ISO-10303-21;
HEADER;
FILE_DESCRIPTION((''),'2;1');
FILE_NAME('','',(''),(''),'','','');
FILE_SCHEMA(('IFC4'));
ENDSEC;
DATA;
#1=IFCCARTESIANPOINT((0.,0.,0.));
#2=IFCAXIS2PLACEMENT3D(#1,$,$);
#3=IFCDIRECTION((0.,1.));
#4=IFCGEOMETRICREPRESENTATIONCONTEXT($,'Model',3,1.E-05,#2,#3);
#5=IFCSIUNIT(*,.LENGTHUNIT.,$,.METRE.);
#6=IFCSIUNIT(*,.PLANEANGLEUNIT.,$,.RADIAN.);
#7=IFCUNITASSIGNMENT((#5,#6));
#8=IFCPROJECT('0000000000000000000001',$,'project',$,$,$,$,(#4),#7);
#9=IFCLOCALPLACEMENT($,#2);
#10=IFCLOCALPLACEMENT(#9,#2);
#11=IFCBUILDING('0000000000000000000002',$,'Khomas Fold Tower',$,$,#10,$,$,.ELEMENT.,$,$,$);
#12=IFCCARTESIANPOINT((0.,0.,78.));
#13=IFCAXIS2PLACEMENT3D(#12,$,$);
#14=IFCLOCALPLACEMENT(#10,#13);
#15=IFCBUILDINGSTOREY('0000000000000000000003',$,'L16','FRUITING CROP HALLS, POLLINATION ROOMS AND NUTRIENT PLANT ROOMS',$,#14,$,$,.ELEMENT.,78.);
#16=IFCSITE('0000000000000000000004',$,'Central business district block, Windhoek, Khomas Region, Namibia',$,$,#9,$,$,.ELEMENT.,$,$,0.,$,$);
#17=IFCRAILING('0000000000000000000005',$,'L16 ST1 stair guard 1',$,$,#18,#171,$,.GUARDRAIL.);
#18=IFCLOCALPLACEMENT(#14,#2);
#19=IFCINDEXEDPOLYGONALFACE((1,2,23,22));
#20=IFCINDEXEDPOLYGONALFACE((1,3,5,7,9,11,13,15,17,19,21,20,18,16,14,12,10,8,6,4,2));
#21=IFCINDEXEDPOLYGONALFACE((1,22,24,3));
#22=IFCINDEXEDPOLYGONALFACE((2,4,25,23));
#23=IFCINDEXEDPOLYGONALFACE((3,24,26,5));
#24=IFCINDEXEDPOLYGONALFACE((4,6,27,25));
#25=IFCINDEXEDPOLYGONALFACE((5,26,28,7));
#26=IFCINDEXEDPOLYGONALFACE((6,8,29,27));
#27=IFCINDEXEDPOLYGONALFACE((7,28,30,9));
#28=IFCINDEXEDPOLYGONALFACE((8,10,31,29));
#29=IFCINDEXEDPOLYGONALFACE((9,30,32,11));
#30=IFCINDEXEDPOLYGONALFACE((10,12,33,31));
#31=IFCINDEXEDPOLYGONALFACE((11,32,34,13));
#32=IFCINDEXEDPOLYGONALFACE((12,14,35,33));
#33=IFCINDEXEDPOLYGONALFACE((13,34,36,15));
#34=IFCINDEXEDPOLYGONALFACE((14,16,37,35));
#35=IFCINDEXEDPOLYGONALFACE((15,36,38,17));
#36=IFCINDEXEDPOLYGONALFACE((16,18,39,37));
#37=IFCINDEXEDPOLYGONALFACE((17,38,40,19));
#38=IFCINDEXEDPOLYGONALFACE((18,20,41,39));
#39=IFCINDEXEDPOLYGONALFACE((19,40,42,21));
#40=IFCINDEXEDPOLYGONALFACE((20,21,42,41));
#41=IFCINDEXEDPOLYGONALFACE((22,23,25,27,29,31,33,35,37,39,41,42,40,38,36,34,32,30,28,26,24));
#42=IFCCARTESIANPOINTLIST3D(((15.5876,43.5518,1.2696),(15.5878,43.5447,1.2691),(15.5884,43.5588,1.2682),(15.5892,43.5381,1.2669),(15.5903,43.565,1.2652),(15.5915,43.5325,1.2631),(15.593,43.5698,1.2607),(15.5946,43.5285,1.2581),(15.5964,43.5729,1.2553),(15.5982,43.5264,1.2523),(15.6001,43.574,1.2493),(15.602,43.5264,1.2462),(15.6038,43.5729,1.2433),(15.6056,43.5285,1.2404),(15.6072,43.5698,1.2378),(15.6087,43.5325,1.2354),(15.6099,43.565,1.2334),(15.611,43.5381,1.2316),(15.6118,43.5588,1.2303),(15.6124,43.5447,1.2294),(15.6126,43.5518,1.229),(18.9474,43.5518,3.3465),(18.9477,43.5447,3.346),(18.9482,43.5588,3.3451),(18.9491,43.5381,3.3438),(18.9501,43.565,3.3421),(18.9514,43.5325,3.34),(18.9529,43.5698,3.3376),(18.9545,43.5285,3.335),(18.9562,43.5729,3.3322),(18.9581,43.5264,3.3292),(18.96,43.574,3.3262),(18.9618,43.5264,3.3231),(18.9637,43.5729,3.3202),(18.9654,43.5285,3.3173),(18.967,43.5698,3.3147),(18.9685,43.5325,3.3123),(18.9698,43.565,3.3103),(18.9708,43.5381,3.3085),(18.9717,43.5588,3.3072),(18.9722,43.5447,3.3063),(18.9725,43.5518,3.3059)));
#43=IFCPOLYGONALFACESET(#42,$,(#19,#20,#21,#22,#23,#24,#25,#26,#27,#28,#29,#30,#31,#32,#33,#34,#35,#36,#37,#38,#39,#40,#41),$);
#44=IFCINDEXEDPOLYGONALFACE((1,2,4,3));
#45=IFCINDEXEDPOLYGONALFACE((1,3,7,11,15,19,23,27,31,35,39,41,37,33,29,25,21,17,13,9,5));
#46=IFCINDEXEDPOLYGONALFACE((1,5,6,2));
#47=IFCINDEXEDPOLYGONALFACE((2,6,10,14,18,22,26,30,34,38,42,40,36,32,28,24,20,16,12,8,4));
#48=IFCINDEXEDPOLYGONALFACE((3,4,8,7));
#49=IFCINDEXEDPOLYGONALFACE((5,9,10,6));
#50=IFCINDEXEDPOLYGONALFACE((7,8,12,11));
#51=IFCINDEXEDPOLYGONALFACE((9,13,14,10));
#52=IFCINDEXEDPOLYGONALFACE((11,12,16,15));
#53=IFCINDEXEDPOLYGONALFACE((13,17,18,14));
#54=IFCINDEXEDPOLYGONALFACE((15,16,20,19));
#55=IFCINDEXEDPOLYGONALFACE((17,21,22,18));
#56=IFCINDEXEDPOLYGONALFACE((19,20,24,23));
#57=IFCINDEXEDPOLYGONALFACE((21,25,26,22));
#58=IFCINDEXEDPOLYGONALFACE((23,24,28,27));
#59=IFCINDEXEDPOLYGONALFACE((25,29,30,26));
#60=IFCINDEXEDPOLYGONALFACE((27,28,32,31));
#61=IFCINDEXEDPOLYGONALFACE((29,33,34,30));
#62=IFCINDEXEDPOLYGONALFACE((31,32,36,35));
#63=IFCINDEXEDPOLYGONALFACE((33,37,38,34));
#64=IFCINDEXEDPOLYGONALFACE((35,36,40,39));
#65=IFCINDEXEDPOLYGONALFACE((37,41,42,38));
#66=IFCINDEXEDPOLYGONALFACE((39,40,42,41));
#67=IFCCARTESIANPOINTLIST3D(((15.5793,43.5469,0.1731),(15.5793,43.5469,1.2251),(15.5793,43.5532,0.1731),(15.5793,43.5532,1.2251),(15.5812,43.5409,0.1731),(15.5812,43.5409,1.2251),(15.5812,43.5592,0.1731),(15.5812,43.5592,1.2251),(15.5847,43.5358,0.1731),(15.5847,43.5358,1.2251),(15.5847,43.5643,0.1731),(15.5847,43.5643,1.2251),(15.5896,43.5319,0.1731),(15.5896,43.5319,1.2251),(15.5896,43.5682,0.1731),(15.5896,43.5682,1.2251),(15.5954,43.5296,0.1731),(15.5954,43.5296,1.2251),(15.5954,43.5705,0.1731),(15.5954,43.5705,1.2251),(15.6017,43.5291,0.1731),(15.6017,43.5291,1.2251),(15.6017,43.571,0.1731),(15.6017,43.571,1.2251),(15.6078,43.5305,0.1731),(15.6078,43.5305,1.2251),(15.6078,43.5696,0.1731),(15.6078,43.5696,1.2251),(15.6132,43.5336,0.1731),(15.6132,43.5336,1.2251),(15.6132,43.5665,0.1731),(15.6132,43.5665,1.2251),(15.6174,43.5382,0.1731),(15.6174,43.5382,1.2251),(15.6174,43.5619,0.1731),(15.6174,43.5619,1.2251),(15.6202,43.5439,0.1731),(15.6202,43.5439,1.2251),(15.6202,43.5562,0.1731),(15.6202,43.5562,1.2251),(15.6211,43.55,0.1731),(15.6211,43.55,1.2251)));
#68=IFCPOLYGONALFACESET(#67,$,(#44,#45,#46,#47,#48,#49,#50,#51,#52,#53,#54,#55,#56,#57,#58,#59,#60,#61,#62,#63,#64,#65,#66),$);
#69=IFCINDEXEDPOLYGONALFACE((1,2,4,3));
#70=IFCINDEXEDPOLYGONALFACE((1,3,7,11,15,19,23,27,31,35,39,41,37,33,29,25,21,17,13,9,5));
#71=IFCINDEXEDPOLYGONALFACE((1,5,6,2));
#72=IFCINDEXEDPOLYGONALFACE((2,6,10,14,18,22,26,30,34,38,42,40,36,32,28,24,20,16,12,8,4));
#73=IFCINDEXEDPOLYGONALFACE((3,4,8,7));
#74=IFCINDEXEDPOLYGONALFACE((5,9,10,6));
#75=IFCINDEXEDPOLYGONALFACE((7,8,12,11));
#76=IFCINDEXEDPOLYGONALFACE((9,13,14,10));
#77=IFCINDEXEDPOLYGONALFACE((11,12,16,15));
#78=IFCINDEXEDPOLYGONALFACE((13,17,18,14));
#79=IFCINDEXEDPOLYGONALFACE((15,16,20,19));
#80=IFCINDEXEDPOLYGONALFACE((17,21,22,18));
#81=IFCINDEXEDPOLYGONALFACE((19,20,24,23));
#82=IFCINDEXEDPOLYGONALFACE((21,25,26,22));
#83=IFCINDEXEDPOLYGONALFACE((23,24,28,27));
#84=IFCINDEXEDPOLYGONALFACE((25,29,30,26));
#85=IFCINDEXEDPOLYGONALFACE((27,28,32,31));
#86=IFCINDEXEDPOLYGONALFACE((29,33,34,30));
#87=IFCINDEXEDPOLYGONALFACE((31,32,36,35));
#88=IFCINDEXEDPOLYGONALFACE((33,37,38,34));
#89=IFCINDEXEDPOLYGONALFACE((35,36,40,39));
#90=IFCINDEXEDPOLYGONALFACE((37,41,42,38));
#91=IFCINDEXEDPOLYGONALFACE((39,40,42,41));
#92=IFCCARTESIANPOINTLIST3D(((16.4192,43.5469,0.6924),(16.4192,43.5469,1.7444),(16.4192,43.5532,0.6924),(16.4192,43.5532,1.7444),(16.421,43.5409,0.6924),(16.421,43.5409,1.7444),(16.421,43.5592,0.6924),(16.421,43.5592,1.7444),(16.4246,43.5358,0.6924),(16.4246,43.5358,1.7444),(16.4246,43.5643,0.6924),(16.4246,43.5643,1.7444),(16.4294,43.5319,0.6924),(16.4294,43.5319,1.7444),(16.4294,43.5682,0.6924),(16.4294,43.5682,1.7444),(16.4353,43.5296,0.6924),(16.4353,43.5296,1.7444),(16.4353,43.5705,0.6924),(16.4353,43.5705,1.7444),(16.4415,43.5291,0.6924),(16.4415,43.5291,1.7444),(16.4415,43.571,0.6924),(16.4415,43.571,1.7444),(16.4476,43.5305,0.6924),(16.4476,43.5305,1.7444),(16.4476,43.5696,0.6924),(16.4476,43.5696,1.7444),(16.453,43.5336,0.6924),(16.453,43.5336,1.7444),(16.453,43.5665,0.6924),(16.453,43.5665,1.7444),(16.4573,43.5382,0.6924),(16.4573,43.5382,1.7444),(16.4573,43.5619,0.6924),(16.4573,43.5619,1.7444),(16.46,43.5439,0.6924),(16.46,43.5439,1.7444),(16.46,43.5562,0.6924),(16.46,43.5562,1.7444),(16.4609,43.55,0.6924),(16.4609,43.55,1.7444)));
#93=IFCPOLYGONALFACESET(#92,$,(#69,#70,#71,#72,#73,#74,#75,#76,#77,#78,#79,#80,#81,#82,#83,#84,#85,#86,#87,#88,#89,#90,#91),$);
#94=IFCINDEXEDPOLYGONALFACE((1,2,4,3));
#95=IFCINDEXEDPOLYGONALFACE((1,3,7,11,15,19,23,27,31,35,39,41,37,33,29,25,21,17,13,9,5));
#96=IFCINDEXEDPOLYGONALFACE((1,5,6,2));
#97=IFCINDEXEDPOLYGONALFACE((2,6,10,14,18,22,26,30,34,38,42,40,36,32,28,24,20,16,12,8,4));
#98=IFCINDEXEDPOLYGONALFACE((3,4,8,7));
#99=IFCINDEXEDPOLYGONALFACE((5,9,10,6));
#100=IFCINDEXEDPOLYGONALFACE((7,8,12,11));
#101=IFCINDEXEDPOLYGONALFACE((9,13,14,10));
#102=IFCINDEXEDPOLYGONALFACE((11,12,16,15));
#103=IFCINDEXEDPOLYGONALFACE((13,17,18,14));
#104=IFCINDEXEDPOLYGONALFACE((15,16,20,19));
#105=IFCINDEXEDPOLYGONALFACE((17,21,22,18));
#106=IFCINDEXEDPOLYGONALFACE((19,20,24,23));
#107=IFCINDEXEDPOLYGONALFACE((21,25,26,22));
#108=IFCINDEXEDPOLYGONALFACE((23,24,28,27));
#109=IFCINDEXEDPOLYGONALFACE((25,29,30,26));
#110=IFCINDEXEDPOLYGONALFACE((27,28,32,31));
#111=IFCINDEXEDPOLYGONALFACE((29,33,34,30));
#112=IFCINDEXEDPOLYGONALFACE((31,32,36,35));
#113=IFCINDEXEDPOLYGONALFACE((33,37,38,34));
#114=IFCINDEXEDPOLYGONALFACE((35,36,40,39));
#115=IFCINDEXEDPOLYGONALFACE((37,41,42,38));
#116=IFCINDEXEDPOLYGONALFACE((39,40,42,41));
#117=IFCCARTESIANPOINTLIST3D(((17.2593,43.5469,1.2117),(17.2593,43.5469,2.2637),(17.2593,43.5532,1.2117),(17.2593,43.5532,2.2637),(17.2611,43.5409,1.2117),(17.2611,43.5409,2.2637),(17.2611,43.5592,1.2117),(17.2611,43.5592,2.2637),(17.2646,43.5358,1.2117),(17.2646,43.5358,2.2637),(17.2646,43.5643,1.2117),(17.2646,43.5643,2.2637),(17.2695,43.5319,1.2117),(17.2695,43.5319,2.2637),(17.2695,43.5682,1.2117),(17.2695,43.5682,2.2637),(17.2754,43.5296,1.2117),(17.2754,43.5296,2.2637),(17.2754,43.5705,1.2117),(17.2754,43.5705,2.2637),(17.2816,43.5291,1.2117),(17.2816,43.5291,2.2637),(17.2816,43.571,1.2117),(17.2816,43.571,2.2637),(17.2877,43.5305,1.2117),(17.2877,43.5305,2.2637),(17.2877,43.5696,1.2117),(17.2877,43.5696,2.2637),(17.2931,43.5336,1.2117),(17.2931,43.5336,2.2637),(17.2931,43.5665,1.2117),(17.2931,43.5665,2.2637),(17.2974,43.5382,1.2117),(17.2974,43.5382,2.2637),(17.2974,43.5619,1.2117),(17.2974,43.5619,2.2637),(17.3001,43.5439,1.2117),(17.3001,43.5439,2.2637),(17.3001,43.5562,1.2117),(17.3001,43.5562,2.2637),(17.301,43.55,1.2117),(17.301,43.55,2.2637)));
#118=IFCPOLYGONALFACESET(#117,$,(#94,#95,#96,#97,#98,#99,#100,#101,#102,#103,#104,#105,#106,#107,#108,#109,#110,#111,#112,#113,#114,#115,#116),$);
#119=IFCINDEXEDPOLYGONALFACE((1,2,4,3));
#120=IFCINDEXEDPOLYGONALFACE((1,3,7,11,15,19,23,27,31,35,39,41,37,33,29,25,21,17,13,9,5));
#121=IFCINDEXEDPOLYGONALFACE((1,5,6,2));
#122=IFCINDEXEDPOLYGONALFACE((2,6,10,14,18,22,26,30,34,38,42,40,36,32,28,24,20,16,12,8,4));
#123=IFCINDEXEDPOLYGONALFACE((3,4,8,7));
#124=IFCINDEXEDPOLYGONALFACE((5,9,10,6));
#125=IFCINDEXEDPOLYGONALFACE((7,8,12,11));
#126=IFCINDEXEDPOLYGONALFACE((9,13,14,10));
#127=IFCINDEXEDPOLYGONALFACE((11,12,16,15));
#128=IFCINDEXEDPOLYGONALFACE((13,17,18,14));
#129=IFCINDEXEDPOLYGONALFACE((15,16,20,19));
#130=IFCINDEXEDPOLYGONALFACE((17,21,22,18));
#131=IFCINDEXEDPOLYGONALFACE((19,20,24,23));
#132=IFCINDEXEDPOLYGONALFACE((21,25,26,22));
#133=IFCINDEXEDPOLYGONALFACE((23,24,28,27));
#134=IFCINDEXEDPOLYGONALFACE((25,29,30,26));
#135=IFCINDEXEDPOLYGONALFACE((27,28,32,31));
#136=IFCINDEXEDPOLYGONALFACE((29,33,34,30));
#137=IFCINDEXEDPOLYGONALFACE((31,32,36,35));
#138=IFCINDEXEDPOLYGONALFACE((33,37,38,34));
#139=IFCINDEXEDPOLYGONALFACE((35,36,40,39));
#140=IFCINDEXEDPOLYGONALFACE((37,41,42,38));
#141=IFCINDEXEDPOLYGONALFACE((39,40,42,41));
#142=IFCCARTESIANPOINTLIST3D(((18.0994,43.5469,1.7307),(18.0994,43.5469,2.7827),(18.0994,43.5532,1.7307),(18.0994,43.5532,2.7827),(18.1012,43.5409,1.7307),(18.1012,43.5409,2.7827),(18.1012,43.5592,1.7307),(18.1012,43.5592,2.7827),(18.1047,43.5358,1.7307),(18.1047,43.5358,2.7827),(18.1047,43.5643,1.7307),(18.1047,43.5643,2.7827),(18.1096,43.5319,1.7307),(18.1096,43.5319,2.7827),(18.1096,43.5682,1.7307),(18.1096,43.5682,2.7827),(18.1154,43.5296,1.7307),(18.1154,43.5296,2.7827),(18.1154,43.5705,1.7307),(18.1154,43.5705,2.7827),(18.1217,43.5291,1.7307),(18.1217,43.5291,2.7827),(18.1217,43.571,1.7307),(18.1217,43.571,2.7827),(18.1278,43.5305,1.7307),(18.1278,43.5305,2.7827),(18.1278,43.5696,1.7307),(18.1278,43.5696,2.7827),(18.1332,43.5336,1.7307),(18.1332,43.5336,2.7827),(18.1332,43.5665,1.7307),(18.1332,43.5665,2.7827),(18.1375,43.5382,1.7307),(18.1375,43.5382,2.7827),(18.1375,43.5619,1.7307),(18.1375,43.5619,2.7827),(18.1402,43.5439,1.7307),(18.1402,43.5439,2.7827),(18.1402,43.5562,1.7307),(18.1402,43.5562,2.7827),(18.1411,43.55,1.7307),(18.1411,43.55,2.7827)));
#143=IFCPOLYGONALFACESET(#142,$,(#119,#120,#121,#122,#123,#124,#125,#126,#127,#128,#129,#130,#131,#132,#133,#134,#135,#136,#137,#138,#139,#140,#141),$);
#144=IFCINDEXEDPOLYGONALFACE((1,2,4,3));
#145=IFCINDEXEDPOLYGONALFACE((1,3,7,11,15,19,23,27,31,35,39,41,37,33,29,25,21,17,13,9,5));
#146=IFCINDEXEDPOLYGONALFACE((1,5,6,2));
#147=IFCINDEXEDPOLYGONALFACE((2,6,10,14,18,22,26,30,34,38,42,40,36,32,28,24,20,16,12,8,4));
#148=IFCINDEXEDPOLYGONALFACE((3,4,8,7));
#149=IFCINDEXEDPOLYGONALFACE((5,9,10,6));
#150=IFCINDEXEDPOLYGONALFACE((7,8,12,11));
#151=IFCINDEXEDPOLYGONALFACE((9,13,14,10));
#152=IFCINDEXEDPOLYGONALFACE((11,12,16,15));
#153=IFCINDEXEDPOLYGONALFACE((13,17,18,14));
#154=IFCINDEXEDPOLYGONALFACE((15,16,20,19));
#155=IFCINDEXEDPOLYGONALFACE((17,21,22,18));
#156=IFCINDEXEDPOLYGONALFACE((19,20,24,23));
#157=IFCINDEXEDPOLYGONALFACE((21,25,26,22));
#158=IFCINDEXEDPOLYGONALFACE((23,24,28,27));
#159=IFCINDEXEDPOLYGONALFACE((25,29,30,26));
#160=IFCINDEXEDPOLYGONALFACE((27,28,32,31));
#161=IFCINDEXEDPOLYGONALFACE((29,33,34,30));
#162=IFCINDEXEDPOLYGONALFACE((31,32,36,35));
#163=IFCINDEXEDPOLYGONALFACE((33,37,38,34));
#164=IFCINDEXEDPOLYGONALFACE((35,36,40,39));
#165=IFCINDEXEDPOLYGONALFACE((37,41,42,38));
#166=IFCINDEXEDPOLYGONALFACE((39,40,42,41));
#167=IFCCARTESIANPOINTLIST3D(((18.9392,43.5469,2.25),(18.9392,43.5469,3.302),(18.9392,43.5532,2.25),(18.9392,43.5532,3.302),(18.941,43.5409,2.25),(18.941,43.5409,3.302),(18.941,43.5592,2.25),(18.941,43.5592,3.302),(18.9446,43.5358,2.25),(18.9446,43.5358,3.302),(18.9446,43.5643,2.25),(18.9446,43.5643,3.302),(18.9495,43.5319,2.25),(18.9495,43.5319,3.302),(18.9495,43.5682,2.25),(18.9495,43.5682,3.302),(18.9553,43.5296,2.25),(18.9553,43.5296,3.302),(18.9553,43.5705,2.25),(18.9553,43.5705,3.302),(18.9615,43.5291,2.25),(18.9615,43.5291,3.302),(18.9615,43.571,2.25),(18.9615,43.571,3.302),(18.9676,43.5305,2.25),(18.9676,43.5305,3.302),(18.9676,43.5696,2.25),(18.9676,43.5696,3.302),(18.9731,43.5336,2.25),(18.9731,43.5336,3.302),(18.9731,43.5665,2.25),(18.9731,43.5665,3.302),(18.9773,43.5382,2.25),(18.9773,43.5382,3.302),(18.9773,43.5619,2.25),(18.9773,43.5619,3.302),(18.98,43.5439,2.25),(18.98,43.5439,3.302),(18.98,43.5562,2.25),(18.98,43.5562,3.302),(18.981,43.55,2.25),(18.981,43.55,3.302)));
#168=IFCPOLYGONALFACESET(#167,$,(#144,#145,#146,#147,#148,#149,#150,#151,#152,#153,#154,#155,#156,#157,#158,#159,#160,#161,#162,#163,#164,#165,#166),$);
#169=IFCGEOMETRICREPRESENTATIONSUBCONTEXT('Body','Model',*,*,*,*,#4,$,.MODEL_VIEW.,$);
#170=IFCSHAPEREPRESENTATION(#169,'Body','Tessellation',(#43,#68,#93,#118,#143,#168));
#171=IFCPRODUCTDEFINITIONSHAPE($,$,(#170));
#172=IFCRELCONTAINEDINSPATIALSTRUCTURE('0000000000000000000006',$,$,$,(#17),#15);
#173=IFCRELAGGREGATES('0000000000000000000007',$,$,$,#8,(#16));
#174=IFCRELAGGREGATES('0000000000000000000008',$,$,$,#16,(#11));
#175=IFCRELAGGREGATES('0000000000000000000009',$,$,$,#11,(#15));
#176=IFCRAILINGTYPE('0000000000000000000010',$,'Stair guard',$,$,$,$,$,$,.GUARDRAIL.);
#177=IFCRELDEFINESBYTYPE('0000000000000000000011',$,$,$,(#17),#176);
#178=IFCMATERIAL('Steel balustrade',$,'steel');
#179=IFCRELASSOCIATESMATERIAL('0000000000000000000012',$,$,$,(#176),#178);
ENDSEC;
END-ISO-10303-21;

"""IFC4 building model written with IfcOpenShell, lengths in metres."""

from ifc_helpers import new_model, si_unit, direction, frame, origin, origin_2d, place, context, subcontext, project, spatial, circle, extrude, source, transform, mapped, material, type_object, element, save


model = new_model("IFC4")

# Units and contexts
model_context = context("Model", 3, precision=1e-05, world=origin(), true_north=direction((0.0, 1.0)))
body_context = subcontext(model_context, "Body", "Model", "MODEL_VIEW")
ifc_project = project(units=[si_unit("LENGTHUNIT", "METRE"), si_unit("PLANEANGLEUNIT", "RADIAN")], contexts=[model_context])

# Site, building, storey
site_placement = place(None, origin())
site = spatial("IfcSite", under=ifc_project, at=site_placement, Name="Central business district block, Windhoek, Khomas Region, Namibia", CompositionType="ELEMENT", RefElevation=0.0)
building_placement = place(site_placement, origin())
building = spatial("IfcBuilding", under=site, at=building_placement, Name="Khomas Fold Tower", CompositionType="ELEMENT")
storey_placement = place(building_placement, frame((0.0, 0.0, 78.0)))
storey = spatial("IfcBuildingStorey", under=building, at=storey_placement, Name="L16", Description="FRUITING CROP HALLS, POLLINATION ROOMS AND NUTRIENT PLANT ROOMS", CompositionType="ELEMENT", Elevation=78.0)

# Railing
ifc_material_1 = material(Name="Steel balustrade", Category="steel")
railing_type_1 = type_object("IfcRailingType", Name="Stair guard", PredefinedType="GUARDRAIL", material=ifc_material_1)
shared_shape_1 = source(origin(), body_context, "Body", "SweptSolid", [
    extrude(circle(Radius=0.0239, at=origin_2d()), frame((0.0, 0.0, 1.0762), z_axis=(0.850606, 0.0, 0.525803), x_axis=(0.0, 1.0, 0.0)), (0.0, 0.0, 1.0), 3.95),
    extrude(circle(Radius=0.021, at=origin_2d()), origin(), (0.0, 0.0, 1.0), 1.052),
    extrude(circle(Radius=0.021, at=origin_2d()), frame((0.8398, 0.0, 0.5193)), (0.0, 0.0, 1.0), 1.052),
    extrude(circle(Radius=0.021, at=origin_2d()), frame((1.6799, 0.0, 1.0386)), (0.0, 0.0, 1.0), 1.052),
    extrude(circle(Radius=0.021, at=origin_2d()), frame((2.52, 0.0, 1.5576)), (0.0, 0.0, 1.0), 1.052),
    extrude(circle(Radius=0.021, at=origin_2d()), frame((3.3599, 0.0, 2.0769)), (0.0, 0.0, 1.0), 1.052),
])
railing_1_placement = place(storey_placement, frame((15.6001, 43.55, 0.1731)))
element("IfcRailing", 1, at=railing_1_placement, inside=storey, type_object=railing_type_1, Name="L16 ST1 stair guard 1", PredefinedType="GUARDRAIL", context=body_context, shape_type="MappedRepresentation", body=[
    mapped(shared_shape_1, transform((0.0, 0.0, 0.0))),
])

save(model, "model.ifc")
